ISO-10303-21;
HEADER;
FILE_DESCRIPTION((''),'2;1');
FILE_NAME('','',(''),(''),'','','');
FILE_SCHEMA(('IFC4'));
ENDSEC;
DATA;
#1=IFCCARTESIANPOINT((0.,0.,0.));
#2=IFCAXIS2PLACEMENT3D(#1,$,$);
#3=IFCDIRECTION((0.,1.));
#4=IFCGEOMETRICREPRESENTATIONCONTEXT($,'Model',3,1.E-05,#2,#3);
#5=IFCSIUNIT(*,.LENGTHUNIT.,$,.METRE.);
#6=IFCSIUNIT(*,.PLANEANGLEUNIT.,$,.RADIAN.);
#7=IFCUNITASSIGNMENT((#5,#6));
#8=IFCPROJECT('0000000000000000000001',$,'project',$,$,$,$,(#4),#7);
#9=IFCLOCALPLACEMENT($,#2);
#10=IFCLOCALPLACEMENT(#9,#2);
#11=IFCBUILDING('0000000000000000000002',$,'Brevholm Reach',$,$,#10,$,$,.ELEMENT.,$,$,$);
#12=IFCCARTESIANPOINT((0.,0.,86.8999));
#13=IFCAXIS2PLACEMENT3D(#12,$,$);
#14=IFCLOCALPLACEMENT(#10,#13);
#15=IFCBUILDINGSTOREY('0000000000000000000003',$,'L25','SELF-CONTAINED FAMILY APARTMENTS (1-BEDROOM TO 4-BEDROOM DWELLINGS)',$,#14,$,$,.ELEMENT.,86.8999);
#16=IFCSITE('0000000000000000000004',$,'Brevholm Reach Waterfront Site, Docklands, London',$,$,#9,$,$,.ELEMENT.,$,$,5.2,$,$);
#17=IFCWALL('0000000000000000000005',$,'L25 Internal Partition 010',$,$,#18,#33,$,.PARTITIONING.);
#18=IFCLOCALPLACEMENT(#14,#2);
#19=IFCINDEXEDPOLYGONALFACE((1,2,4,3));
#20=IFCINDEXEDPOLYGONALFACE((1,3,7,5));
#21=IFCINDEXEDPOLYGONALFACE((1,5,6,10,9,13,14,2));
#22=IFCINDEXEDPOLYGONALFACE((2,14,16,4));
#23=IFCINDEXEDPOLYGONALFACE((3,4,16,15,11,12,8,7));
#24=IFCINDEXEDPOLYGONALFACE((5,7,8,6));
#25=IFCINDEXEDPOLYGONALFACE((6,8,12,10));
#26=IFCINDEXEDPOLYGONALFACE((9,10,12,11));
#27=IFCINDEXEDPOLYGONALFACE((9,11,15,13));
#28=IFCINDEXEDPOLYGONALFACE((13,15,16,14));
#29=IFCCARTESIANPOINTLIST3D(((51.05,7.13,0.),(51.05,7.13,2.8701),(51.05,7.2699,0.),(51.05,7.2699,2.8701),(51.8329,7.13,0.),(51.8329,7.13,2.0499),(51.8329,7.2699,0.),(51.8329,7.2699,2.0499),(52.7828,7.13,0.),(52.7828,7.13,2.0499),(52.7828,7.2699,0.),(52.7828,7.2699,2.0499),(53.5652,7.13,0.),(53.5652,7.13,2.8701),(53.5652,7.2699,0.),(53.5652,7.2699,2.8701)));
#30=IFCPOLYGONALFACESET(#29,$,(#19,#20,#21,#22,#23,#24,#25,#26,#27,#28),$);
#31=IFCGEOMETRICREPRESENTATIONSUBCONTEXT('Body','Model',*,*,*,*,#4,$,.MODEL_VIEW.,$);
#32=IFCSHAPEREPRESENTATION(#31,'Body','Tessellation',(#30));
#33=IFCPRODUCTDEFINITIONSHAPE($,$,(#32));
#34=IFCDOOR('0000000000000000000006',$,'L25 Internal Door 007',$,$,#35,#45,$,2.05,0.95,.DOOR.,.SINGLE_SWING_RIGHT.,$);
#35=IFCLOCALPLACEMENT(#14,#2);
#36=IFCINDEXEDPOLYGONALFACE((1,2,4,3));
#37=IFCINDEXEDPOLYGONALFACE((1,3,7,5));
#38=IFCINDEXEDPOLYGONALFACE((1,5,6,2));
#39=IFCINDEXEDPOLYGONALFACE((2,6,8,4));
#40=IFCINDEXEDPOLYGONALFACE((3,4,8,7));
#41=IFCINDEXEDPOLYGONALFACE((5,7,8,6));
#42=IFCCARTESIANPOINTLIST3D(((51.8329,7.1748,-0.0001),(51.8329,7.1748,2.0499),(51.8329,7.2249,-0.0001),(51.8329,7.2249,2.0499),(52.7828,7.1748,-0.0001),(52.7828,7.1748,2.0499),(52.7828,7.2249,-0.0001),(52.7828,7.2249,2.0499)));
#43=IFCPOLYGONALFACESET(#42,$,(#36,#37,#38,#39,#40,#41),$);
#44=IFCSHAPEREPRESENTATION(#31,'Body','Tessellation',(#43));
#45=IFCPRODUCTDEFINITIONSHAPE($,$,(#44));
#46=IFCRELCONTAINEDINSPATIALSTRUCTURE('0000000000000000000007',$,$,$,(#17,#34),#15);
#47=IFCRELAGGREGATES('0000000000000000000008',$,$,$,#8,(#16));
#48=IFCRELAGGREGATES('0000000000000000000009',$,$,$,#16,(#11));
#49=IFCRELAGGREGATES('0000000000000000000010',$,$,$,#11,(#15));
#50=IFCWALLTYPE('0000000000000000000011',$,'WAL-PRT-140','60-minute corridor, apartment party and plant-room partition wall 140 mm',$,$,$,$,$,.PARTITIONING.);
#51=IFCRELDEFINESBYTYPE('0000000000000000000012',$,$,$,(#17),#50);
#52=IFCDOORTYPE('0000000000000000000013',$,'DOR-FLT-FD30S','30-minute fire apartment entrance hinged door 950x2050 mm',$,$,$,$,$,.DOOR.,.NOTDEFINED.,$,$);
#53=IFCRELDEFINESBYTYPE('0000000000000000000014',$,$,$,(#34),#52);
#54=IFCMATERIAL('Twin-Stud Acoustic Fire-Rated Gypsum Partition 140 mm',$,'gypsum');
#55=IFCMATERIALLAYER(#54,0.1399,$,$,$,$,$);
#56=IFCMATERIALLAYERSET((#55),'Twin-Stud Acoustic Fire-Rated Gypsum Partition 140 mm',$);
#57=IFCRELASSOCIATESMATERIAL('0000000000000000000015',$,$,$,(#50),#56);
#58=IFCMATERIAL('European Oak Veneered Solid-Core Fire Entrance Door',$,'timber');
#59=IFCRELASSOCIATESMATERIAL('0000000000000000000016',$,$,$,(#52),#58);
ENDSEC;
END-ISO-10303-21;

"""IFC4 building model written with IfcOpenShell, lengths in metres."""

from ifc_helpers import new_model, si_unit, direction, frame, frame_2d, origin, place, context, subcontext, project, spatial, rectangle, extrude, material, layer, layer_set, type_object, element, fill, save


model = new_model("IFC4")

# Units and contexts
model_context = context("Model", 3, precision=1e-05, world=origin(), true_north=direction((0.0, 1.0)))
body_context = subcontext(model_context, "Body", "Model", "MODEL_VIEW")
ifc_project = project(units=[si_unit("LENGTHUNIT", "METRE"), si_unit("PLANEANGLEUNIT", "RADIAN")], contexts=[model_context])

# Site, building, storey
site_placement = place(None, origin())
site = spatial("IfcSite", under=ifc_project, at=site_placement, Name="Brevholm Reach Waterfront Site, Docklands, London", CompositionType="ELEMENT", RefElevation=5.2)
building_placement = place(site_placement, origin())
building = spatial("IfcBuilding", under=site, at=building_placement, Name="Brevholm Reach", CompositionType="ELEMENT")
storey_placement = place(building_placement, frame((0.0, 0.0, 86.8999)))
storey = spatial("IfcBuildingStorey", under=building, at=storey_placement, Name="L25", Description="SELF-CONTAINED FAMILY APARTMENTS (1-BEDROOM TO 4-BEDROOM DWELLINGS)", CompositionType="ELEMENT", Elevation=86.8999)

# Shared definitions
ifc_material_1 = material(Name="Twin-Stud Acoustic Fire-Rated Gypsum Partition 140 mm", Category="gypsum")
ifc_layer_1 = layer(ifc_material_1, 0.1399)
ifc_layer_set_1 = layer_set([ifc_layer_1], Name="Twin-Stud Acoustic Fire-Rated Gypsum Partition 140 mm")
wall_type_1 = type_object("IfcWallType", Name="WAL-PRT-140", Description="60-minute corridor, apartment party and plant-room partition wall 140 mm", PredefinedType="PARTITIONING", material=ifc_layer_set_1)

# Wall, opening, door
wall_1_placement = place(storey_placement, frame((51.05, 7.2, 0.0), z_axis=(0.0, 0.0, 1.0), x_axis=(1.0, 0.0, 0.0)))
wall_1 = element("IfcWall", 1, at=wall_1_placement, inside=storey, type_object=wall_type_1, Name="L25 Internal Partition 010", PredefinedType="PARTITIONING", context=body_context, shape_type="SweptSolid", body=[
    extrude(rectangle(XDim=2.5151, YDim=0.1399, at=frame_2d((1.2576, 0.0))), origin(), (0.0, 0.0, 1.0), 2.8701),
])
opening_1_placement = place(wall_1_placement, frame((0.7827, 0.0, 0.0)))
opening_1 = element("IfcOpeningElement", 2, at=opening_1_placement, cuts=wall_1, PredefinedType="OPENING", context=body_context, shape_type="SweptSolid", body=[
    extrude(rectangle(XDim=0.95, YDim=2.05, at=frame_2d((0.4751, 1.0249))), frame((0.0, 0.0798, 0.0), z_axis=(0.0, -1.0, 0.0), x_axis=(1.0, 0.0, 0.0)), (0.0, 0.0, 1.0), 0.1599),
])
ifc_material_2 = material(Name="European Oak Veneered Solid-Core Fire Entrance Door", Category="timber")
door_type_1 = type_object("IfcDoorType", Name="DOR-FLT-FD30S", Description="30-minute fire apartment entrance hinged door 950x2050 mm", OperationType="NOTDEFINED", PredefinedType="DOOR", material=ifc_material_2)
door_1_placement = place(opening_1_placement, origin())
door_1 = element("IfcDoor", 3, at=door_1_placement, inside=storey, type_object=door_type_1, Name="L25 Internal Door 007", OperationType="SINGLE_SWING_RIGHT", OverallHeight=2.05, OverallWidth=0.95, PredefinedType="DOOR", context=body_context, shape_type="SweptSolid", body=[
    extrude(rectangle(XDim=0.95, YDim=2.05, at=frame_2d((0.4751, 1.0249))), frame((0.0, 0.0249, 0.0), z_axis=(0.0, -1.0, 0.0), x_axis=(1.0, 0.0, 0.0)), (0.0, 0.0, 1.0), 0.05),
])
fill(opening_1, door_1)

save(model, "model.ifc")
